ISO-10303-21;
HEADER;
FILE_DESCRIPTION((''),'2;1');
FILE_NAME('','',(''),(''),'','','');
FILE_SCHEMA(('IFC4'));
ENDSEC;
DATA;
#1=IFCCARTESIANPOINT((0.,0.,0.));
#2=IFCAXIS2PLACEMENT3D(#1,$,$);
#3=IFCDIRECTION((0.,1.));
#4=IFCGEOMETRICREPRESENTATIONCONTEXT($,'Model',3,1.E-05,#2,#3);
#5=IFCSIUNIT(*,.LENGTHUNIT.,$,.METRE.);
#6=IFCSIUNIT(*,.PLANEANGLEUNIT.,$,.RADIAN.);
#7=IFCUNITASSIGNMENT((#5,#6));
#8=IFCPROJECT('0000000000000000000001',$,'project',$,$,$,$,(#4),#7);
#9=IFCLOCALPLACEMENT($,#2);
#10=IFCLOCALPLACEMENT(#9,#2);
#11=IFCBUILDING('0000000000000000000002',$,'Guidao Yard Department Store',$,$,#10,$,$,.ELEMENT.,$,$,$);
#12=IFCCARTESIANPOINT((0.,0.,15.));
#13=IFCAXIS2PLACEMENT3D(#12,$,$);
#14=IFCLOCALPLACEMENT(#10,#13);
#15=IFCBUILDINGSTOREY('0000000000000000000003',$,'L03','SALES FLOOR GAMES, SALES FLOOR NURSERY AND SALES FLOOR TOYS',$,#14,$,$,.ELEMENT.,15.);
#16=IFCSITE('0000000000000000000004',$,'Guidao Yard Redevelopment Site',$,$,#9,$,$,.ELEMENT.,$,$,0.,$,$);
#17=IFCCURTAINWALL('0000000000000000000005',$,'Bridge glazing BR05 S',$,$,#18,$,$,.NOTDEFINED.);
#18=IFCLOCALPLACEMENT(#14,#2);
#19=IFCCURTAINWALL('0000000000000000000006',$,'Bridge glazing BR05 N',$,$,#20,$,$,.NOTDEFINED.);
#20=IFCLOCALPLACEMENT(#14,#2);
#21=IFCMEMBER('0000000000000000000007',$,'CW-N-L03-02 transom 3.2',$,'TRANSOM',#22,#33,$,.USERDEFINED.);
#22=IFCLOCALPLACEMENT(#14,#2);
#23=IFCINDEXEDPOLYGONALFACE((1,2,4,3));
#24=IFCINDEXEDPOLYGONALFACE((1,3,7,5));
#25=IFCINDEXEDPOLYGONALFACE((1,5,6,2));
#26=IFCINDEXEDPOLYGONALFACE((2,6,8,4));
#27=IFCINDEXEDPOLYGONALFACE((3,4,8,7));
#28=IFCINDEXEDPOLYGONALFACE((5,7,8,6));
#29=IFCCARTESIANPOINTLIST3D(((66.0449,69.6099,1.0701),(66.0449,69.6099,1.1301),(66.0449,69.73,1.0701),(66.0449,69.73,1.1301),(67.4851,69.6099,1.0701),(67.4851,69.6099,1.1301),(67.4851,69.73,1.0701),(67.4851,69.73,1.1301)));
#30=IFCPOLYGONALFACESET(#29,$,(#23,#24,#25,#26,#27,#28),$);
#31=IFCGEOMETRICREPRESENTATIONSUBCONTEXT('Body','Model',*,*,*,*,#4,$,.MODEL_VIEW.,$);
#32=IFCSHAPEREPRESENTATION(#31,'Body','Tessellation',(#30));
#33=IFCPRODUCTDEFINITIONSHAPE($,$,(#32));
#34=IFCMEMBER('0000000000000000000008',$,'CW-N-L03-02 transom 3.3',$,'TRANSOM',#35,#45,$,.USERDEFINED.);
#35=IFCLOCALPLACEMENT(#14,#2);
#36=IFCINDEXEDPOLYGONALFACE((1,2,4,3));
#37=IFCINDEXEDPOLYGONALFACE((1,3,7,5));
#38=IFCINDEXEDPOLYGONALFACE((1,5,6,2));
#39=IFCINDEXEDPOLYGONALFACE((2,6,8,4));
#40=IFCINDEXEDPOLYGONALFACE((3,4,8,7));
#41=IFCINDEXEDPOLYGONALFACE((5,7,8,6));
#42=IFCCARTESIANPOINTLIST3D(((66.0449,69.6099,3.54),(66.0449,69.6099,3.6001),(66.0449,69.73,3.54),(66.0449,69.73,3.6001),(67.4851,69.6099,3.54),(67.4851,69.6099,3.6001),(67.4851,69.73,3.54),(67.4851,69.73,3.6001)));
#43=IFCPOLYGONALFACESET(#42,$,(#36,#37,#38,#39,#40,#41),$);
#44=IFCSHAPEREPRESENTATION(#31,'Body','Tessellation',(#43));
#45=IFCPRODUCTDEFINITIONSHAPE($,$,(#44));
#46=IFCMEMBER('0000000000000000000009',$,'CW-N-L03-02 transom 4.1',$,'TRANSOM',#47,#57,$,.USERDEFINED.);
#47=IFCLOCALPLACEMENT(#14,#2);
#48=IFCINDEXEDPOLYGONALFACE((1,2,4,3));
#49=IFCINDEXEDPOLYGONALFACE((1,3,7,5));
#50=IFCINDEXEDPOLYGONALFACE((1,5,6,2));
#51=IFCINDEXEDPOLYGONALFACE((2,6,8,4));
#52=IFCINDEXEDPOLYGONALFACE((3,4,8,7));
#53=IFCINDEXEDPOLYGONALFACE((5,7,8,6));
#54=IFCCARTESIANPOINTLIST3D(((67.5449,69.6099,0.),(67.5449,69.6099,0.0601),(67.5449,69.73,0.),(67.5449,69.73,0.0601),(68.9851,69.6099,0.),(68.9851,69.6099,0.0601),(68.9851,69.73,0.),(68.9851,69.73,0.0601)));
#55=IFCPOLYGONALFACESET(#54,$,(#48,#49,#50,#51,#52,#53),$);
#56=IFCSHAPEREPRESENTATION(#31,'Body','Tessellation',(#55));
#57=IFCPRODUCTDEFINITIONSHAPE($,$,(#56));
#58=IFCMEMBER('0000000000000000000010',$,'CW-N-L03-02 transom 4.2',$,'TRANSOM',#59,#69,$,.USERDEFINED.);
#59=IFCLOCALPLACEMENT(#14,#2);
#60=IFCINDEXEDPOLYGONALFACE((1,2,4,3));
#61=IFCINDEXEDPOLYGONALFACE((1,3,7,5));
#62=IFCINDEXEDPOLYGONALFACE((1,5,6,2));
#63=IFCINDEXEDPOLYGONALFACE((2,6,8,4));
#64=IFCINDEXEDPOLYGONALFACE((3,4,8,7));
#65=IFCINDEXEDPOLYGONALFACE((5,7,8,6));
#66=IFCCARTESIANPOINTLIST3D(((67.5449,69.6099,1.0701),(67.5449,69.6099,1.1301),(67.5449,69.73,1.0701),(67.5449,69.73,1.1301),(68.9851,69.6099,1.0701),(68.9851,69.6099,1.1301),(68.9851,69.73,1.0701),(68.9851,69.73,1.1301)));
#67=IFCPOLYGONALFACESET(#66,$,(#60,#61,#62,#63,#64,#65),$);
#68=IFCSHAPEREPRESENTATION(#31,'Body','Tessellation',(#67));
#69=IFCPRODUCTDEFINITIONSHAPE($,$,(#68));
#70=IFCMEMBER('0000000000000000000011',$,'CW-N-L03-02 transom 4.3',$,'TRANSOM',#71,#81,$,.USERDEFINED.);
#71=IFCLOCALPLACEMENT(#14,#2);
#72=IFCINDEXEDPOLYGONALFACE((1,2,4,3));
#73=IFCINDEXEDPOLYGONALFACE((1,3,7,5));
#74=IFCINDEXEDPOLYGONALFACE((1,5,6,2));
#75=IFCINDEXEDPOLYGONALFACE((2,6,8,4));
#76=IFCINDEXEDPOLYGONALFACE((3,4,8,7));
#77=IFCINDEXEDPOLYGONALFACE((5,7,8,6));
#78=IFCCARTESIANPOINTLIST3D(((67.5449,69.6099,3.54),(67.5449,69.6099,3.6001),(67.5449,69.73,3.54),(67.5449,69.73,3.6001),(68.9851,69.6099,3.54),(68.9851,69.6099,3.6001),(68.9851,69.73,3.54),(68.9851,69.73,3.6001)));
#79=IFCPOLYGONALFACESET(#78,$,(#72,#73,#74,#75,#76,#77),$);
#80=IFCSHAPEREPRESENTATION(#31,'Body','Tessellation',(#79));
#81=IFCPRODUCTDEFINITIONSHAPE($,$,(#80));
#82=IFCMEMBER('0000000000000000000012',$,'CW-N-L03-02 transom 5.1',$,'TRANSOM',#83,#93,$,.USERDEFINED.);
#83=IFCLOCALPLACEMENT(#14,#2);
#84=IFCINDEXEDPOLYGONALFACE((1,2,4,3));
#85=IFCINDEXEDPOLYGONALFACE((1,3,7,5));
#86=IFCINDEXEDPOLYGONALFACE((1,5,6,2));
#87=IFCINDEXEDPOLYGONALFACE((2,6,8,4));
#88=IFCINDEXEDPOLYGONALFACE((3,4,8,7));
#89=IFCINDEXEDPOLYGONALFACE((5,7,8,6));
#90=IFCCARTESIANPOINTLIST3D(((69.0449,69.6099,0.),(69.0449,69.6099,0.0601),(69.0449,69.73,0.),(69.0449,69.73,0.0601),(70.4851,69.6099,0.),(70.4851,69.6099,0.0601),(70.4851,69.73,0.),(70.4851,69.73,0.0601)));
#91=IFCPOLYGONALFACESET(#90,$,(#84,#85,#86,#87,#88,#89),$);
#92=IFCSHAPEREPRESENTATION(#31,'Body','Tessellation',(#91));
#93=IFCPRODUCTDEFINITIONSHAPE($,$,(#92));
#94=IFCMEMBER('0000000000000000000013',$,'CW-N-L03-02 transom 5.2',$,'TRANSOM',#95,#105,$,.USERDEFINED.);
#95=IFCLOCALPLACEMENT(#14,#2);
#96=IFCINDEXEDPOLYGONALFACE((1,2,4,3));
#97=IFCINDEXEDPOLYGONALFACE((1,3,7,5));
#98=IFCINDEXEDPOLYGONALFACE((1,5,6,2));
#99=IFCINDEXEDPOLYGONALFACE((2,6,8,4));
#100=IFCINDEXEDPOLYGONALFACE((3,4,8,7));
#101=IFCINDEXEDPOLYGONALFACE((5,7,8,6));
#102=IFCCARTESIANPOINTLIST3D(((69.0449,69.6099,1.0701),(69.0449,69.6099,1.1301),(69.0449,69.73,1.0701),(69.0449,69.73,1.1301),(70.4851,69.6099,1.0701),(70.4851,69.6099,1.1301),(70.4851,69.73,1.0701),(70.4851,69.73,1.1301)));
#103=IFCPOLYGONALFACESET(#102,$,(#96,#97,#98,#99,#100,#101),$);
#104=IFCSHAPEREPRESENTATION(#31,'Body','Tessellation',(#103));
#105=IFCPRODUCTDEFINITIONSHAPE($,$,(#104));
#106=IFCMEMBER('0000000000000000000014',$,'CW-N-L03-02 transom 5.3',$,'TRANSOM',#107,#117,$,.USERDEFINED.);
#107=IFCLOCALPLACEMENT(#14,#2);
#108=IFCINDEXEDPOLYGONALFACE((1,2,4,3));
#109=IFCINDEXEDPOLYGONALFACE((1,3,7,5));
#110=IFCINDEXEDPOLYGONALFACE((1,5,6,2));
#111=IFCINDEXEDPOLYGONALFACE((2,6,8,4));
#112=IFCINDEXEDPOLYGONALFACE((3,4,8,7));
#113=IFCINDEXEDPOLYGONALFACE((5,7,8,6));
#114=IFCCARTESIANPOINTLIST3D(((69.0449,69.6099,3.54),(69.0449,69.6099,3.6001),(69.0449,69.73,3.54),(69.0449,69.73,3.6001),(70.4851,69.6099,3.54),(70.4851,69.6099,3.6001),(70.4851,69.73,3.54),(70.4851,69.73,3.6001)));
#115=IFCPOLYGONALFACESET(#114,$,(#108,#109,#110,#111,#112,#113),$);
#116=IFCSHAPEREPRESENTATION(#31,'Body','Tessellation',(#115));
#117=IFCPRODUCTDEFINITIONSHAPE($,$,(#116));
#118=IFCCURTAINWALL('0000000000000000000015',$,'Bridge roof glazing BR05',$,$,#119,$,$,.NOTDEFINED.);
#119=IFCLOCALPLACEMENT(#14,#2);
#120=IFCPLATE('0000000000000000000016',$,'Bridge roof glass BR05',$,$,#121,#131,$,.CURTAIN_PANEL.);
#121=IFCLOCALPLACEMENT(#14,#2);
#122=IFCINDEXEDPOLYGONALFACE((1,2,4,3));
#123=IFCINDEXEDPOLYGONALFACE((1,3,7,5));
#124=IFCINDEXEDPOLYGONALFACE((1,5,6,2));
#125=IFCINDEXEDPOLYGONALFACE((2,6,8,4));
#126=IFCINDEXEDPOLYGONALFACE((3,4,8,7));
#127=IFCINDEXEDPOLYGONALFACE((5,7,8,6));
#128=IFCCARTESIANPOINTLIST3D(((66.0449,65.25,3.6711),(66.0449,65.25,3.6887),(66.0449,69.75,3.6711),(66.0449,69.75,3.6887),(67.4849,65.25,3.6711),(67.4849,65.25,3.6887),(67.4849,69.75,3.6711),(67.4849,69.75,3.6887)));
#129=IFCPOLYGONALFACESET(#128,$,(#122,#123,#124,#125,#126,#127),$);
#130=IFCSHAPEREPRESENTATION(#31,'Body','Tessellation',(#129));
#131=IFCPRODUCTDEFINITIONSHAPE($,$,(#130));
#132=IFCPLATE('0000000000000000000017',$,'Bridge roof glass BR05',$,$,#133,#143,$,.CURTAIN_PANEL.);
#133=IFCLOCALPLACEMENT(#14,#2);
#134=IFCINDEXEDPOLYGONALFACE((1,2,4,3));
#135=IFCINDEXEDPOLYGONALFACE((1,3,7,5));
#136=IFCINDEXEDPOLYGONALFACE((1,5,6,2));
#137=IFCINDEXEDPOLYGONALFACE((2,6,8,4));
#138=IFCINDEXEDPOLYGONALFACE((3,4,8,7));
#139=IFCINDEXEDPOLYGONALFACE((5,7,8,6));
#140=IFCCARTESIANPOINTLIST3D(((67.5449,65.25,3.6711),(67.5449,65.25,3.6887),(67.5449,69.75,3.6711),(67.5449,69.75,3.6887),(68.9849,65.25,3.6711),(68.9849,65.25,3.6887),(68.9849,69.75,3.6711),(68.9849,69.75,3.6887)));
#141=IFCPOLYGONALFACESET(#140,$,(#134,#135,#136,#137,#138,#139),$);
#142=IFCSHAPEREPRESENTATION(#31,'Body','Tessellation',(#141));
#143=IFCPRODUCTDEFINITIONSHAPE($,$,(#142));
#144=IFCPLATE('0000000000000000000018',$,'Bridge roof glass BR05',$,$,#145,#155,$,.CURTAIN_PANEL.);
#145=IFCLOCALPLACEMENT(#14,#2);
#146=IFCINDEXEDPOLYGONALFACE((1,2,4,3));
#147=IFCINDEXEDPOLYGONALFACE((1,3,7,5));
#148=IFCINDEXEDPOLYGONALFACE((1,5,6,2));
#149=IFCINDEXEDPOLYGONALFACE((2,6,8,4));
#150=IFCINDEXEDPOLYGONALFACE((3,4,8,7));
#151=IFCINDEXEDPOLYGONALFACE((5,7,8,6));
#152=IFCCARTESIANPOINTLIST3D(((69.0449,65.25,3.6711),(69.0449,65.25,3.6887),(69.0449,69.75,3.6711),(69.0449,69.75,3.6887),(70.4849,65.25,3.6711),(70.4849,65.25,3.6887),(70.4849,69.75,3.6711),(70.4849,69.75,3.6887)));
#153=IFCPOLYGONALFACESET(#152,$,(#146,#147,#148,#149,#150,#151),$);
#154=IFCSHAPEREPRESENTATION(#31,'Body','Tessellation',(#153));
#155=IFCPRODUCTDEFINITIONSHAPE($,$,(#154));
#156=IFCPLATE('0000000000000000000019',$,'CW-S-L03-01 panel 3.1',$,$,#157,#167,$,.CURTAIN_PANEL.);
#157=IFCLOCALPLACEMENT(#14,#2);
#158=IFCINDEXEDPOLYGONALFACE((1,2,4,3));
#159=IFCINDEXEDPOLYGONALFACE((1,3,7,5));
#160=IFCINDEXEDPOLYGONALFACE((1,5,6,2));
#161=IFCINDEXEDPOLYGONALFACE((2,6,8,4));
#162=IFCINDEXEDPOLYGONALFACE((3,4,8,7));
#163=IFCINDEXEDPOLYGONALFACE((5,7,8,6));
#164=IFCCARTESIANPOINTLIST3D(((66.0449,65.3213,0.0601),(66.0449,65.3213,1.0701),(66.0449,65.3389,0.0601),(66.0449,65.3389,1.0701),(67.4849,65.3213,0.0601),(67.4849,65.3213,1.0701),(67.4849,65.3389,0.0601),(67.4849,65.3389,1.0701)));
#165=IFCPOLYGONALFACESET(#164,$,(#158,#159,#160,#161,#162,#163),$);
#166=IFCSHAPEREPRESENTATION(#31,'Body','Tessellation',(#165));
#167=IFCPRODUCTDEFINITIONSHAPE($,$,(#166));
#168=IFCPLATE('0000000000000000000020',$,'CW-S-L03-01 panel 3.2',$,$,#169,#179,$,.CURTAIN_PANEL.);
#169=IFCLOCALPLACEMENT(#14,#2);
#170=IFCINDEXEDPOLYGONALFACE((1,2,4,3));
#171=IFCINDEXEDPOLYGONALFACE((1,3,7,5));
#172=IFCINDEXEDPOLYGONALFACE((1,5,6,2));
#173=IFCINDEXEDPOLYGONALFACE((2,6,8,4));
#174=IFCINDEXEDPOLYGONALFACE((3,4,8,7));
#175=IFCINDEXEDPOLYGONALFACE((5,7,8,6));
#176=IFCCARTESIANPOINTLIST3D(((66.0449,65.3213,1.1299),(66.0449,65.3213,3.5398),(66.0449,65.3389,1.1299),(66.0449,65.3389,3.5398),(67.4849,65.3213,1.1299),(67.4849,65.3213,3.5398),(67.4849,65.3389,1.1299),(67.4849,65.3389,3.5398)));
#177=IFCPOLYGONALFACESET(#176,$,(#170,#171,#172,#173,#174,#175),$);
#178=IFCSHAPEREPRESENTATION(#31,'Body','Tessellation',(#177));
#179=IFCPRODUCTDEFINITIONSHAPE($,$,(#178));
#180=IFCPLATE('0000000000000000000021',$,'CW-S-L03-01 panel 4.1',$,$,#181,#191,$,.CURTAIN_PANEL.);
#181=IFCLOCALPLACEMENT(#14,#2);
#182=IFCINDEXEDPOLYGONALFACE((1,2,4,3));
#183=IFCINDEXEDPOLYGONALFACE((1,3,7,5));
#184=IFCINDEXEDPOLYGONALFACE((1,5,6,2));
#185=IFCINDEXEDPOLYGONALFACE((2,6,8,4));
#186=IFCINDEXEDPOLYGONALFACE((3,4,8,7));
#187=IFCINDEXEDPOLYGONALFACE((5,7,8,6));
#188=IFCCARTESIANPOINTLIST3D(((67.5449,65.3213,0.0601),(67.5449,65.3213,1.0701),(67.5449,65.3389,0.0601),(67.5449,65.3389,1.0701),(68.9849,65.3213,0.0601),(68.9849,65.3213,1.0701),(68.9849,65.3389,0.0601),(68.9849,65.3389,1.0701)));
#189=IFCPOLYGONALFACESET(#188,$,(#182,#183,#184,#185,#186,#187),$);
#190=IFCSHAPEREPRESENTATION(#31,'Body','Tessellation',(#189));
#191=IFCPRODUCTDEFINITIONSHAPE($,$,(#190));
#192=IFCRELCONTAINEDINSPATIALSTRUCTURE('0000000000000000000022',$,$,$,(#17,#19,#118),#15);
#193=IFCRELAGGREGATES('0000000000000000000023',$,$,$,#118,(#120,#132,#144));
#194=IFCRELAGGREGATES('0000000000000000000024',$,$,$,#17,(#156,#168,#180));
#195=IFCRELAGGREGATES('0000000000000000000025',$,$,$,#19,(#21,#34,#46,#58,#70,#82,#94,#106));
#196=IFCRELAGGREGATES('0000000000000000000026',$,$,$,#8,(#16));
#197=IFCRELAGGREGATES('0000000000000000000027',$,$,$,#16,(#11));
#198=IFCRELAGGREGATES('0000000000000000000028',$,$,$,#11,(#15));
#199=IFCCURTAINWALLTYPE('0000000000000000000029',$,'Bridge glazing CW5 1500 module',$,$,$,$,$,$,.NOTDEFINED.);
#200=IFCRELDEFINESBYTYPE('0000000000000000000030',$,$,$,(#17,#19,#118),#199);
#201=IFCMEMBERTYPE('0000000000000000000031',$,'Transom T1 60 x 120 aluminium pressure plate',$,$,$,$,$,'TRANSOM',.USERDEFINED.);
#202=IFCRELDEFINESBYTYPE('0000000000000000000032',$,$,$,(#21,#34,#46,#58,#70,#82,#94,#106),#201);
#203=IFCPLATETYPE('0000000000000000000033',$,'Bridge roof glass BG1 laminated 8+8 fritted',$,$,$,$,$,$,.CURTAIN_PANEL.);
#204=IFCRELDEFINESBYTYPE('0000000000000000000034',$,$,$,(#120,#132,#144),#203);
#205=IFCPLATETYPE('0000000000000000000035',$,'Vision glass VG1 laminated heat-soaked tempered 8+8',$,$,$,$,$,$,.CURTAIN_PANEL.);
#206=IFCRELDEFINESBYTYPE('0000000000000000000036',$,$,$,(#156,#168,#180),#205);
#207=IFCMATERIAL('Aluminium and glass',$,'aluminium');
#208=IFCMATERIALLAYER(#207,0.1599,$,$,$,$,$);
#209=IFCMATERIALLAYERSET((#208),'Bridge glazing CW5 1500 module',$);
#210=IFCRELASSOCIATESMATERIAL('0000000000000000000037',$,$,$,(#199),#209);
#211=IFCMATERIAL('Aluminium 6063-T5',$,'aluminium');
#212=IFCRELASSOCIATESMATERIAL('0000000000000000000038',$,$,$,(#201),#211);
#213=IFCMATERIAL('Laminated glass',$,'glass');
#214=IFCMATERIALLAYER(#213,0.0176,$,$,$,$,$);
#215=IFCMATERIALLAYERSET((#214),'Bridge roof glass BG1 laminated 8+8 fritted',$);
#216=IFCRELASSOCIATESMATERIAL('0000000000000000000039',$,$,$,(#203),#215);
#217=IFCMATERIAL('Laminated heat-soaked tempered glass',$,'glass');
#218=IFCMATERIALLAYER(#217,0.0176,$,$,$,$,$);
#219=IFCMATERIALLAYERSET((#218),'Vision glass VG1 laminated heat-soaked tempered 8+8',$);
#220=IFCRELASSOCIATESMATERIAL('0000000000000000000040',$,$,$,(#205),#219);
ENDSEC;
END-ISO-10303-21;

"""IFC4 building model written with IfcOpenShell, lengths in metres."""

from ifc_helpers import new_model, si_unit, direction, frame, origin, origin_2d, place, context, subcontext, project, spatial, rectangle, extrude, material, layer, layer_set, material_profile, profile_set, type_object, element, aggregate, save


model = new_model("IFC4")

# Units and contexts
model_context = context("Model", 3, precision=1e-05, world=origin(), true_north=direction((0.0, 1.0)))
body_context = subcontext(model_context, "Body", "Model", "MODEL_VIEW")
ifc_project = project(units=[si_unit("LENGTHUNIT", "METRE"), si_unit("PLANEANGLEUNIT", "RADIAN")], contexts=[model_context])

# Site, building, storey
site_placement = place(None, origin())
site = spatial("IfcSite", under=ifc_project, at=site_placement, Name="Guidao Yard Redevelopment Site", CompositionType="ELEMENT", RefElevation=0.0)
building_placement = place(site_placement, origin())
building = spatial("IfcBuilding", under=site, at=building_placement, Name="Guidao Yard Department Store", CompositionType="ELEMENT")
storey_placement = place(building_placement, frame((0.0, 0.0, 15.0)))
storey = spatial("IfcBuildingStorey", under=building, at=storey_placement, Name="L03", Description="SALES FLOOR GAMES, SALES FLOOR NURSERY AND SALES FLOOR TOYS", CompositionType="ELEMENT", Elevation=15.0)

# Curtain walls
ifc_material_1 = material(Name="Aluminium and glass", Category="aluminium")
ifc_layer_1 = layer(ifc_material_1, 0.1599)
ifc_layer_set_1 = layer_set([ifc_layer_1], Name="Bridge glazing CW5 1500 module")
curtain_wall_type = type_object("IfcCurtainWallType", Name="Bridge glazing CW5 1500 module", PredefinedType="NOTDEFINED", material=ifc_layer_set_1)
curtain_wall_1_placement = place(storey_placement, origin())
curtain_wall_1 = element("IfcCurtainWall", 1, at=curtain_wall_1_placement, inside=storey, type_object=curtain_wall_type, Name="Bridge glazing BR05 S", PredefinedType="NOTDEFINED")
curtain_wall_2_placement = place(storey_placement, origin())
curtain_wall_2 = element("IfcCurtainWall", 2, at=curtain_wall_2_placement, inside=storey, type_object=curtain_wall_type, Name="Bridge glazing BR05 N", PredefinedType="NOTDEFINED")

# Members
ifc_material_2 = material(Name="Aluminium 6063-T5", Category="aluminium")
ifc_material_profile_1 = material_profile(ifc_material_2, rectangle(XDim=0.1201, YDim=0.0601, at=origin_2d()), Name="Transom T1 60 x 120 aluminium pressure plate")
ifc_profile_set_1 = profile_set([ifc_material_profile_1], Name="Aluminium 6063-T5")
member_type_1 = type_object("IfcMemberType", Name="Transom T1 60 x 120 aluminium pressure plate", ElementType="TRANSOM", PredefinedType="USERDEFINED", material=ifc_profile_set_1)
member_1_placement = place(storey_placement, frame((66.0449, 69.6699, 1.1001), z_axis=(1.0, 0.0, 0.0), x_axis=(0.0, 1.0, 0.0)))
member_1 = element("IfcMember", 3, at=member_1_placement, type_object=member_type_1, Name="CW-N-L03-02 transom 3.2", ObjectType="TRANSOM", PredefinedType="USERDEFINED", context=body_context, shape_type="SweptSolid", body=[
    extrude(rectangle(XDim=0.1201, YDim=0.0601, at=origin_2d()), origin(), (0.0, 0.0, 1.0), 1.4402),
])
member_2_placement = place(storey_placement, frame((66.0449, 69.6699, 3.5701), z_axis=(1.0, 0.0, 0.0), x_axis=(0.0, 1.0, 0.0)))
member_2 = element("IfcMember", 4, at=member_2_placement, type_object=member_type_1, Name="CW-N-L03-02 transom 3.3", ObjectType="TRANSOM", PredefinedType="USERDEFINED", context=body_context, shape_type="SweptSolid", body=[
    extrude(rectangle(XDim=0.1201, YDim=0.0601, at=origin_2d()), origin(), (0.0, 0.0, 1.0), 1.4402),
])
member_3_placement = place(storey_placement, frame((67.5449, 69.6699, 0.03), z_axis=(1.0, 0.0, 0.0), x_axis=(0.0, 1.0, 0.0)))
member_3 = element("IfcMember", 5, at=member_3_placement, type_object=member_type_1, Name="CW-N-L03-02 transom 4.1", ObjectType="TRANSOM", PredefinedType="USERDEFINED", context=body_context, shape_type="SweptSolid", body=[
    extrude(rectangle(XDim=0.1201, YDim=0.0601, at=origin_2d()), origin(), (0.0, 0.0, 1.0), 1.4402),
])
member_4_placement = place(storey_placement, frame((67.5449, 69.6699, 1.1001), z_axis=(1.0, 0.0, 0.0), x_axis=(0.0, 1.0, 0.0)))
member_4 = element("IfcMember", 6, at=member_4_placement, type_object=member_type_1, Name="CW-N-L03-02 transom 4.2", ObjectType="TRANSOM", PredefinedType="USERDEFINED", context=body_context, shape_type="SweptSolid", body=[
    extrude(rectangle(XDim=0.1201, YDim=0.0601, at=origin_2d()), origin(), (0.0, 0.0, 1.0), 1.4402),
])
member_5_placement = place(storey_placement, frame((67.5449, 69.6699, 3.5701), z_axis=(1.0, 0.0, 0.0), x_axis=(0.0, 1.0, 0.0)))
member_5 = element("IfcMember", 7, at=member_5_placement, type_object=member_type_1, Name="CW-N-L03-02 transom 4.3", ObjectType="TRANSOM", PredefinedType="USERDEFINED", context=body_context, shape_type="SweptSolid", body=[
    extrude(rectangle(XDim=0.1201, YDim=0.0601, at=origin_2d()), origin(), (0.0, 0.0, 1.0), 1.4402),
])
member_6_placement = place(storey_placement, frame((69.0449, 69.6699, 0.03), z_axis=(1.0, 0.0, 0.0), x_axis=(0.0, 1.0, 0.0)))
member_6 = element("IfcMember", 8, at=member_6_placement, type_object=member_type_1, Name="CW-N-L03-02 transom 5.1", ObjectType="TRANSOM", PredefinedType="USERDEFINED", context=body_context, shape_type="SweptSolid", body=[
    extrude(rectangle(XDim=0.1201, YDim=0.0601, at=origin_2d()), origin(), (0.0, 0.0, 1.0), 1.4402),
])
member_7_placement = place(storey_placement, frame((69.0449, 69.6699, 1.1001), z_axis=(1.0, 0.0, 0.0), x_axis=(0.0, 1.0, 0.0)))
member_7 = element("IfcMember", 9, at=member_7_placement, type_object=member_type_1, Name="CW-N-L03-02 transom 5.2", ObjectType="TRANSOM", PredefinedType="USERDEFINED", context=body_context, shape_type="SweptSolid", body=[
    extrude(rectangle(XDim=0.1201, YDim=0.0601, at=origin_2d()), origin(), (0.0, 0.0, 1.0), 1.4402),
])
member_8_placement = place(storey_placement, frame((69.0449, 69.6699, 3.5701), z_axis=(1.0, 0.0, 0.0), x_axis=(0.0, 1.0, 0.0)))
member_8 = element("IfcMember", 10, at=member_8_placement, type_object=member_type_1, Name="CW-N-L03-02 transom 5.3", ObjectType="TRANSOM", PredefinedType="USERDEFINED", context=body_context, shape_type="SweptSolid", body=[
    extrude(rectangle(XDim=0.1201, YDim=0.0601, at=origin_2d()), origin(), (0.0, 0.0, 1.0), 1.4402),
])

# Curtain wall, plates
curtain_wall_3_placement = place(storey_placement, origin())
curtain_wall_3 = element("IfcCurtainWall", 11, at=curtain_wall_3_placement, inside=storey, type_object=curtain_wall_type, Name="Bridge roof glazing BR05", PredefinedType="NOTDEFINED")
ifc_material_3 = material(Name="Laminated glass", Category="glass")
ifc_layer_2 = layer(ifc_material_3, 0.0176)
ifc_layer_set_2 = layer_set([ifc_layer_2], Name="Bridge roof glass BG1 laminated 8+8 fritted")
plate_type_1 = type_object("IfcPlateType", Name="Bridge roof glass BG1 laminated 8+8 fritted", PredefinedType="CURTAIN_PANEL", material=ifc_layer_set_2)
plate_1_placement = place(storey_placement, frame((66.7649, 67.5, 3.6711), z_axis=(0.0, 0.0, 1.0), x_axis=(1.0, 0.0, 0.0)))
plate_1 = element("IfcPlate", 12, at=plate_1_placement, type_object=plate_type_1, Name="Bridge roof glass BR05", PredefinedType="CURTAIN_PANEL", context=body_context, shape_type="SweptSolid", body=[
    extrude(rectangle(XDim=1.4399, YDim=4.5, at=origin_2d()), origin(), (0.0, 0.0, 1.0), 0.0176),
])
plate_2_placement = place(storey_placement, frame((68.2649, 67.5, 3.6711), z_axis=(0.0, 0.0, 1.0), x_axis=(1.0, 0.0, 0.0)))
plate_2 = element("IfcPlate", 13, at=plate_2_placement, type_object=plate_type_1, Name="Bridge roof glass BR05", PredefinedType="CURTAIN_PANEL", context=body_context, shape_type="SweptSolid", body=[
    extrude(rectangle(XDim=1.4399, YDim=4.5, at=origin_2d()), origin(), (0.0, 0.0, 1.0), 0.0176),
])
plate_3_placement = place(storey_placement, frame((69.7649, 67.5, 3.6711), z_axis=(0.0, 0.0, 1.0), x_axis=(1.0, 0.0, 0.0)))
plate_3 = element("IfcPlate", 14, at=plate_3_placement, type_object=plate_type_1, Name="Bridge roof glass BR05", PredefinedType="CURTAIN_PANEL", context=body_context, shape_type="SweptSolid", body=[
    extrude(rectangle(XDim=1.4399, YDim=4.5, at=origin_2d()), origin(), (0.0, 0.0, 1.0), 0.0176),
])
aggregate(curtain_wall_3, [plate_1, plate_2, plate_3])

# Plates
ifc_material_4 = material(Name="Laminated heat-soaked tempered glass", Category="glass")
ifc_layer_3 = layer(ifc_material_4, 0.0176)
ifc_layer_set_3 = layer_set([ifc_layer_3], Name="Vision glass VG1 laminated heat-soaked tempered 8+8")
plate_type_2 = type_object("IfcPlateType", Name="Vision glass VG1 laminated heat-soaked tempered 8+8", PredefinedType="CURTAIN_PANEL", material=ifc_layer_set_3)
plate_4_placement = place(storey_placement, frame((66.7649, 65.3301, 0.0601), z_axis=(0.0, 0.0, 1.0), x_axis=(-1.0, 0.0, 0.0)))
plate_4 = element("IfcPlate", 15, at=plate_4_placement, type_object=plate_type_2, Name="CW-S-L03-01 panel 3.1", PredefinedType="CURTAIN_PANEL", context=body_context, shape_type="SweptSolid", body=[
    extrude(rectangle(XDim=1.4399, YDim=0.0176, at=origin_2d()), origin(), (0.0, 0.0, 1.0), 1.01),
])
plate_5_placement = place(storey_placement, frame((66.7649, 65.3301, 1.1299), z_axis=(0.0, 0.0, 1.0), x_axis=(-1.0, 0.0, 0.0)))
plate_5 = element("IfcPlate", 16, at=plate_5_placement, type_object=plate_type_2, Name="CW-S-L03-01 panel 3.2", PredefinedType="CURTAIN_PANEL", context=body_context, shape_type="SweptSolid", body=[
    extrude(rectangle(XDim=1.4399, YDim=0.0176, at=origin_2d()), origin(), (0.0, 0.0, 1.0), 2.4099),
])
plate_6_placement = place(storey_placement, frame((68.2649, 65.3301, 0.0601), z_axis=(0.0, 0.0, 1.0), x_axis=(-1.0, 0.0, 0.0)))
plate_6 = element("IfcPlate", 17, at=plate_6_placement, type_object=plate_type_2, Name="CW-S-L03-01 panel 4.1", PredefinedType="CURTAIN_PANEL", context=body_context, shape_type="SweptSolid", body=[
    extrude(rectangle(XDim=1.4399, YDim=0.0176, at=origin_2d()), origin(), (0.0, 0.0, 1.0), 1.01),
])
aggregate(curtain_wall_1, [plate_4, plate_5, plate_6])
aggregate(curtain_wall_2, [member_1, member_2, member_3, member_4, member_5, member_6, member_7, member_8])

save(model, "model.ifc")
